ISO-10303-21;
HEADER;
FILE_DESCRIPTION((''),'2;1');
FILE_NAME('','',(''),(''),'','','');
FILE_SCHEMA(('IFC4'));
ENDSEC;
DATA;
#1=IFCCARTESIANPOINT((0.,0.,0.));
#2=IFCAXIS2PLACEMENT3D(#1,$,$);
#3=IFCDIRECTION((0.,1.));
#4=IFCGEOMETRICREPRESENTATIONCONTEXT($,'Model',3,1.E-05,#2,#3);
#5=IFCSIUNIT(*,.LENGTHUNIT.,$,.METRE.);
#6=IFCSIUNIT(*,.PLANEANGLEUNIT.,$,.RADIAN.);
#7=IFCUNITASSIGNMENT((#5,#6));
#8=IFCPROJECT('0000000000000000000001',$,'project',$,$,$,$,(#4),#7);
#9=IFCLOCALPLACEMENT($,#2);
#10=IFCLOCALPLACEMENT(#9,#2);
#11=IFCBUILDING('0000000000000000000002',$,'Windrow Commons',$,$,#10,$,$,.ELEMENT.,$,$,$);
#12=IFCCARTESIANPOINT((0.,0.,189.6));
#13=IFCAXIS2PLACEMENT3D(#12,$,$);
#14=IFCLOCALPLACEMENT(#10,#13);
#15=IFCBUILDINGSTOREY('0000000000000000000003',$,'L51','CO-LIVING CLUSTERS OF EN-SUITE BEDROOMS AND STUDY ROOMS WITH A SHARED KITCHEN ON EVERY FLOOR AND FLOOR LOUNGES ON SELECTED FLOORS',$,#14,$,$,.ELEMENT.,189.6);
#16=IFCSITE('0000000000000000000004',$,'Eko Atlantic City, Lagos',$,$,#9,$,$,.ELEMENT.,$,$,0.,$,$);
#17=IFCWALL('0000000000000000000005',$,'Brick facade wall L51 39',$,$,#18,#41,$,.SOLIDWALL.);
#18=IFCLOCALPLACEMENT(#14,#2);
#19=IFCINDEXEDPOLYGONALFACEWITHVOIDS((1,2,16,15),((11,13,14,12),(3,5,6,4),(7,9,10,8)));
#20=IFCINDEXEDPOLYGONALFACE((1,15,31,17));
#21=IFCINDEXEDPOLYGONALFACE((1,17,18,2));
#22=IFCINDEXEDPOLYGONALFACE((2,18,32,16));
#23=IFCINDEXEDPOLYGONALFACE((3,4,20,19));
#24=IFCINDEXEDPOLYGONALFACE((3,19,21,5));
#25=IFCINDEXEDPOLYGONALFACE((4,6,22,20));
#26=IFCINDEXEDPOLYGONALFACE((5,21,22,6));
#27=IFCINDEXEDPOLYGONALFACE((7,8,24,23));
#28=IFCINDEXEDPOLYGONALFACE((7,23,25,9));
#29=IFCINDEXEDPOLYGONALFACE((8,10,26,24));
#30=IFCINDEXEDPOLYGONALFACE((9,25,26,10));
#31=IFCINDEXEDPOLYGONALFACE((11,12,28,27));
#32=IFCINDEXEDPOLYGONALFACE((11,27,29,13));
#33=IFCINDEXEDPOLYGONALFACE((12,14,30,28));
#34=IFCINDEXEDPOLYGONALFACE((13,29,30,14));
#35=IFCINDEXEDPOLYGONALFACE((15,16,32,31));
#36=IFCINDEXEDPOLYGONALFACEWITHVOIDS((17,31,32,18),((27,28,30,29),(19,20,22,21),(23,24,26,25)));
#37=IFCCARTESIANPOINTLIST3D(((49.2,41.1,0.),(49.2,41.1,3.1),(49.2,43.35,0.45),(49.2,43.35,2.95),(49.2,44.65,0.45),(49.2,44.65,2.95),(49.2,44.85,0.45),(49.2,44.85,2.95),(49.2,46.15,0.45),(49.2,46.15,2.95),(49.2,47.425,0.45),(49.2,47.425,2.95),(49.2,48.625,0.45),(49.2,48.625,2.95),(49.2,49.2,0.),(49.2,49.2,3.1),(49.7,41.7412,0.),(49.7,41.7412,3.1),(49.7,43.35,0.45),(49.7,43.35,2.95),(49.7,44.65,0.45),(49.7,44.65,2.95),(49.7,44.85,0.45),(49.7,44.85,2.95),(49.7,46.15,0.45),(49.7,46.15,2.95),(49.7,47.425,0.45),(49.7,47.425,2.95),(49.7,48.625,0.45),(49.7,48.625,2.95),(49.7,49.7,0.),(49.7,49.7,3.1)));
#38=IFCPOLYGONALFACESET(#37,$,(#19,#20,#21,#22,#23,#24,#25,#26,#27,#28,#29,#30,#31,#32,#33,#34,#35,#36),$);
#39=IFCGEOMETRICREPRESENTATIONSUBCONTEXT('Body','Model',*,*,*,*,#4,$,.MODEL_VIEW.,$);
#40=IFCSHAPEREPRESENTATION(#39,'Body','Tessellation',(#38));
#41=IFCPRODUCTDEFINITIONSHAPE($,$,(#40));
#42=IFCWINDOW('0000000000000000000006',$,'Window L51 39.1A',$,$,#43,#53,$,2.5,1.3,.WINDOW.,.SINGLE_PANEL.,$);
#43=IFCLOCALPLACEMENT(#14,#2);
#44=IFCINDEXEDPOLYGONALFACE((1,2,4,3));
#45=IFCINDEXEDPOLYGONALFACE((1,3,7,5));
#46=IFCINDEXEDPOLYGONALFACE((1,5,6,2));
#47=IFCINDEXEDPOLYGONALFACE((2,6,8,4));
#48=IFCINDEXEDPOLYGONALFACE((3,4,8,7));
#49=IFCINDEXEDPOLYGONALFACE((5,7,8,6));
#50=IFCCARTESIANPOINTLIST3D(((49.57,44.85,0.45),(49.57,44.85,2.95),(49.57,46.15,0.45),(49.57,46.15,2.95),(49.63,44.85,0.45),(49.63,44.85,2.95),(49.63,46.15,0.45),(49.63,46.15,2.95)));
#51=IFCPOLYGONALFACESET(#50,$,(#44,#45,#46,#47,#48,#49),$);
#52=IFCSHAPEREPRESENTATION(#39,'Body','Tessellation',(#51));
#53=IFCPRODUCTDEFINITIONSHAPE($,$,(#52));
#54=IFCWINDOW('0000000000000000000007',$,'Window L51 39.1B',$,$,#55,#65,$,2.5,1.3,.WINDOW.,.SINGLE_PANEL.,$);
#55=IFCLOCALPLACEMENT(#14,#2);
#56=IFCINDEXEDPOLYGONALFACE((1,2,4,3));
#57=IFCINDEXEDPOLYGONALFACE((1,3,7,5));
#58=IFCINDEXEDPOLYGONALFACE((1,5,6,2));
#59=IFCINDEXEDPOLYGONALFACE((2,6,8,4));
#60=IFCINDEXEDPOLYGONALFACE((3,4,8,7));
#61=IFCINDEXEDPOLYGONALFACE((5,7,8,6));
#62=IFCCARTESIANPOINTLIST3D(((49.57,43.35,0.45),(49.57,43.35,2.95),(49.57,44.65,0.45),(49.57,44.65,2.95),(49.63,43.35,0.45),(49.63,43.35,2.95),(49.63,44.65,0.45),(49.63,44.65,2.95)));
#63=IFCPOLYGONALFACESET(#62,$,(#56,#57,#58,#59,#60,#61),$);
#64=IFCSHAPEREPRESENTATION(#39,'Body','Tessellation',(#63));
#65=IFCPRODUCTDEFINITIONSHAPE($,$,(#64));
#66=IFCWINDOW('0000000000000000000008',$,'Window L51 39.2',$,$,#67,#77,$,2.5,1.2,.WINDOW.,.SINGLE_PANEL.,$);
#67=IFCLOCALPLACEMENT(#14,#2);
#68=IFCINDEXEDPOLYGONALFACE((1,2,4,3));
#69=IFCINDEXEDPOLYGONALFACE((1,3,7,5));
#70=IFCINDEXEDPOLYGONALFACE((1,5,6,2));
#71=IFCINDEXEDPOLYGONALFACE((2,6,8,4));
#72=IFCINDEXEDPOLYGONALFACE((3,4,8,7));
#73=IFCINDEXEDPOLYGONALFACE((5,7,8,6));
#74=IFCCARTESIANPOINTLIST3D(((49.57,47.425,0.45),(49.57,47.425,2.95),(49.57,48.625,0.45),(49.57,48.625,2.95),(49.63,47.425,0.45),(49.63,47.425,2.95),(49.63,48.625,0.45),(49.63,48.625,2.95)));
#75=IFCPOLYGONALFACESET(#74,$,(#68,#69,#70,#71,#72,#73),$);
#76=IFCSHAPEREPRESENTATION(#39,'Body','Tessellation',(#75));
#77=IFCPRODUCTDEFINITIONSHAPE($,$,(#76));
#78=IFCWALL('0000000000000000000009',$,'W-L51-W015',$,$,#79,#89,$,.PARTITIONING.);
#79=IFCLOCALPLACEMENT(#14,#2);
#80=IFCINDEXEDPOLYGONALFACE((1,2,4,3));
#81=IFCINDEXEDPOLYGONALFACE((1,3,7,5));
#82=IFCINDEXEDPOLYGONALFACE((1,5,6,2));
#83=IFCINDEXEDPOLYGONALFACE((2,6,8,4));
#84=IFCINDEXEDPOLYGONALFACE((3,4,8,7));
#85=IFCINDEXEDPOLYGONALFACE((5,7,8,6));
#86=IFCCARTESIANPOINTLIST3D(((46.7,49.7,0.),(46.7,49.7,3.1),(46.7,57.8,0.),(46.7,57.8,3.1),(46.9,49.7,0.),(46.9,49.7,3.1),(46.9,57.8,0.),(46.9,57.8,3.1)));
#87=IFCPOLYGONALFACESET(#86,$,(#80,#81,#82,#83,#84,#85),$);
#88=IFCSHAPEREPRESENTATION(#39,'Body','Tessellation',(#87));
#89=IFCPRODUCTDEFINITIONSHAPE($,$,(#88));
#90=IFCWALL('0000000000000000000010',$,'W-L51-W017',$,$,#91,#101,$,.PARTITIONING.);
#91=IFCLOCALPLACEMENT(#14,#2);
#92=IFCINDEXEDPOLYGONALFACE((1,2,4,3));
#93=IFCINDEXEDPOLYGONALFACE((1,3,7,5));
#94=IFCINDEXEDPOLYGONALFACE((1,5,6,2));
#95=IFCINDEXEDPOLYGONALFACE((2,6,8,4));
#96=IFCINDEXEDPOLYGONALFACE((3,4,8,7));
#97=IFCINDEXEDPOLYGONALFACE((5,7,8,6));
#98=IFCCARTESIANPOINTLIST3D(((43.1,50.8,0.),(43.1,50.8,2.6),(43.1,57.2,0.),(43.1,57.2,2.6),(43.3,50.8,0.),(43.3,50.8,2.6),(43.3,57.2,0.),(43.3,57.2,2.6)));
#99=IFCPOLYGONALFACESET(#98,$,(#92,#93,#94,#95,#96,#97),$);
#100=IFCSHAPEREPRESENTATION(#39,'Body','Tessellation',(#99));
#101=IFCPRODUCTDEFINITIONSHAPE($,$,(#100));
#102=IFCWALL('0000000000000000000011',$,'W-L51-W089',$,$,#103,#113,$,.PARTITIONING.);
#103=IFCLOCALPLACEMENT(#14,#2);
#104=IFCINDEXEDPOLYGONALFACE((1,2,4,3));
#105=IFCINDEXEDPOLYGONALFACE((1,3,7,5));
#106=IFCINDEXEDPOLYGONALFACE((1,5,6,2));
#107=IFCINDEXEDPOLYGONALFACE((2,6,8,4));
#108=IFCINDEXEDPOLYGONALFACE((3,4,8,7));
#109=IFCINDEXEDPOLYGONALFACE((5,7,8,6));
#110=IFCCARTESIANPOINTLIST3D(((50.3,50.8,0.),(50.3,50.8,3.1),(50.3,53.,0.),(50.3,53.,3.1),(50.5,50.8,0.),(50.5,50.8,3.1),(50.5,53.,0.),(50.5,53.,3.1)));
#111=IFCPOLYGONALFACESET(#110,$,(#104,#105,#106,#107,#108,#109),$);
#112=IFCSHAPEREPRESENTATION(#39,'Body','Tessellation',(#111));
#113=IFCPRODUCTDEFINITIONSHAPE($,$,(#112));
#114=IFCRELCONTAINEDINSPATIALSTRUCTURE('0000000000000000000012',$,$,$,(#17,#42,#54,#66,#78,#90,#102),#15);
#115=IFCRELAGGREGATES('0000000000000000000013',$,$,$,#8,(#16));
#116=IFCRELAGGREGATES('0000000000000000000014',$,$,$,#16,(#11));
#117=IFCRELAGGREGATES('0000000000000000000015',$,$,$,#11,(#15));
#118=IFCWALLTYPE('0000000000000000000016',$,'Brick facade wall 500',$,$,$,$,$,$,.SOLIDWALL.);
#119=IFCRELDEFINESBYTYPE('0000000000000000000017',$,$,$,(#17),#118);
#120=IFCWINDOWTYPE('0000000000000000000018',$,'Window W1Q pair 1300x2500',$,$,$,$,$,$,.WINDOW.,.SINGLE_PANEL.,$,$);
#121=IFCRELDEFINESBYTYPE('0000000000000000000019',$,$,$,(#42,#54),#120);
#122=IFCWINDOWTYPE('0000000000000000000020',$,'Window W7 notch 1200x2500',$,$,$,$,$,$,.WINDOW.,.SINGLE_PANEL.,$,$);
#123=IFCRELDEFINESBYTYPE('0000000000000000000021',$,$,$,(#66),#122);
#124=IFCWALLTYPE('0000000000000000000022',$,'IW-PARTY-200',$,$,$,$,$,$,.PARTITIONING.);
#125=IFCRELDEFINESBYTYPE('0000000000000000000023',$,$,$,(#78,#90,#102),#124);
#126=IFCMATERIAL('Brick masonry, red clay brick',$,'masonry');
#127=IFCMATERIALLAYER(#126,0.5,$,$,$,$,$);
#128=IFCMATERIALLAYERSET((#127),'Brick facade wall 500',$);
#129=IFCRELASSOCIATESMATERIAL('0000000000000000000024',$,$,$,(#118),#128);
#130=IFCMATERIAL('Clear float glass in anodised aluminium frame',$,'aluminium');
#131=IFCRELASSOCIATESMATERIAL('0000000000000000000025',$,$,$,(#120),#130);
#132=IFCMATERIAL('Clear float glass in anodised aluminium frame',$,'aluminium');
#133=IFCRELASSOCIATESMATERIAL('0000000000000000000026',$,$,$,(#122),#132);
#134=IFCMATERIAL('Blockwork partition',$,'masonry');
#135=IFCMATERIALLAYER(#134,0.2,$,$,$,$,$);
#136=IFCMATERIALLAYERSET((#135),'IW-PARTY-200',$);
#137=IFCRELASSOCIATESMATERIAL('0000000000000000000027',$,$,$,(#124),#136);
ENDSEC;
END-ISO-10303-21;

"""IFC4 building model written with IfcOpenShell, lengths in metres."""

from ifc_helpers import new_model, si_unit, direction, frame, frame_2d, origin, place, context, subcontext, project, spatial, polyline, rectangle, outline, extrude, material, layer, layer_set, type_object, element, fill, save


model = new_model("IFC4")

# Units and contexts
model_context = context("Model", 3, precision=1e-05, world=origin(), true_north=direction((0.0, 1.0)))
body_context = subcontext(model_context, "Body", "Model", "MODEL_VIEW")
ifc_project = project(units=[si_unit("LENGTHUNIT", "METRE"), si_unit("PLANEANGLEUNIT", "RADIAN")], contexts=[model_context])

# Site, building, storey
site_placement = place(None, origin())
site = spatial("IfcSite", under=ifc_project, at=site_placement, Name="Eko Atlantic City, Lagos", CompositionType="ELEMENT", RefElevation=0.0)
building_placement = place(site_placement, origin())
building = spatial("IfcBuilding", under=site, at=building_placement, Name="Windrow Commons", CompositionType="ELEMENT")
storey_placement = place(building_placement, frame((0.0, 0.0, 189.6)))
storey = spatial("IfcBuildingStorey", under=building, at=storey_placement, Name="L51", Description="CO-LIVING CLUSTERS OF EN-SUITE BEDROOMS AND STUDY ROOMS WITH A SHARED KITCHEN ON EVERY FLOOR AND FLOOR LOUNGES ON SELECTED FLOORS", CompositionType="ELEMENT", Elevation=189.6)

# Wall, openings, windows
ifc_material_1 = material(Name="Brick masonry, red clay brick", Category="masonry")
ifc_layer_1 = layer(ifc_material_1, 0.5)
ifc_layer_set_1 = layer_set([ifc_layer_1], Name="Brick facade wall 500")
wall_type_1 = type_object("IfcWallType", Name="Brick facade wall 500", PredefinedType="SOLIDWALL", material=ifc_layer_set_1)
ifc_material_2 = material(Name="Clear float glass in anodised aluminium frame", Category="aluminium")
window_type_1 = type_object("IfcWindowType", Name="Window W1Q pair 1300x2500", PartitioningType="SINGLE_PANEL", PredefinedType="WINDOW", material=ifc_material_2)
ifc_material_3 = material(Name="Clear float glass in anodised aluminium frame", Category="aluminium")
window_type_2 = type_object("IfcWindowType", Name="Window W7 notch 1200x2500", PartitioningType="SINGLE_PANEL", PredefinedType="WINDOW", material=ifc_material_3)
wall_1_placement = place(storey_placement, frame((49.45, 49.45, 0.0), z_axis=(0.0, 0.0, 1.0), x_axis=(0.0, -1.0, 0.0)))
wall_1 = element("IfcWall", 1, at=wall_1_placement, inside=storey, type_object=wall_type_1, Name="Brick facade wall L51 39", PredefinedType="SOLIDWALL", context=body_context, shape_type="SweptSolid", body=[
    extrude(outline(polyline([(0.25, -0.25), (8.35, -0.25), (7.7088, 0.25), (-0.25, 0.25), (0.25, -0.25)])), origin(), (0.0, 0.0, 1.0), 3.1),
])
opening_1_placement = place(wall_1_placement, frame((3.3, 0.0, 0.45)))
opening_1 = element("IfcOpeningElement", 2, at=opening_1_placement, cuts=wall_1, PredefinedType="OPENING", context=body_context, shape_type="SweptSolid", body=[
    extrude(rectangle(XDim=1.3, YDim=2.5, at=frame_2d((0.65, 1.25))), frame((0.0, 0.26, 0.0), z_axis=(0.0, -1.0, 0.0), x_axis=(1.0, 0.0, 0.0)), (0.0, 0.0, 1.0), 0.52),
])
opening_2_placement = place(wall_1_placement, frame((4.8, 0.0, 0.45)))
opening_2 = element("IfcOpeningElement", 3, at=opening_2_placement, cuts=wall_1, PredefinedType="OPENING", context=body_context, shape_type="SweptSolid", body=[
    extrude(rectangle(XDim=1.3, YDim=2.5, at=frame_2d((0.65, 1.25))), frame((0.0, 0.26, 0.0), z_axis=(0.0, -1.0, 0.0), x_axis=(1.0, 0.0, 0.0)), (0.0, 0.0, 1.0), 0.52),
])
opening_3_placement = place(wall_1_placement, frame((0.825, 0.0, 0.45)))
opening_3 = element("IfcOpeningElement", 4, at=opening_3_placement, cuts=wall_1, PredefinedType="OPENING", context=body_context, shape_type="SweptSolid", body=[
    extrude(rectangle(XDim=1.2, YDim=2.5, at=frame_2d((0.6, 1.25))), frame((0.0, 0.26, 0.0), z_axis=(0.0, -1.0, 0.0), x_axis=(1.0, 0.0, 0.0)), (0.0, 0.0, 1.0), 0.52),
])
window_1_placement = place(opening_1_placement, origin())
window_1 = element("IfcWindow", 5, at=window_1_placement, inside=storey, type_object=window_type_1, Name="Window L51 39.1A", OverallHeight=2.5, OverallWidth=1.3, PartitioningType="SINGLE_PANEL", PredefinedType="WINDOW", context=body_context, shape_type="SweptSolid", body=[
    extrude(rectangle(XDim=1.3, YDim=2.5, at=frame_2d((0.65, 1.25))), frame((0.0, 0.18, 0.0), z_axis=(0.0, -1.0, 0.0), x_axis=(1.0, 0.0, 0.0)), (0.0, 0.0, 1.0), 0.06),
])
fill(opening_1, window_1)
window_2_placement = place(opening_2_placement, origin())
window_2 = element("IfcWindow", 6, at=window_2_placement, inside=storey, type_object=window_type_1, Name="Window L51 39.1B", OverallHeight=2.5, OverallWidth=1.3, PartitioningType="SINGLE_PANEL", PredefinedType="WINDOW", context=body_context, shape_type="SweptSolid", body=[
    extrude(rectangle(XDim=1.3, YDim=2.5, at=frame_2d((0.65, 1.25))), frame((0.0, 0.18, 0.0), z_axis=(0.0, -1.0, 0.0), x_axis=(1.0, 0.0, 0.0)), (0.0, 0.0, 1.0), 0.06),
])
fill(opening_2, window_2)
window_3_placement = place(opening_3_placement, origin())
window_3 = element("IfcWindow", 7, at=window_3_placement, inside=storey, type_object=window_type_2, Name="Window L51 39.2", OverallHeight=2.5, OverallWidth=1.2, PartitioningType="SINGLE_PANEL", PredefinedType="WINDOW", context=body_context, shape_type="SweptSolid", body=[
    extrude(rectangle(XDim=1.2, YDim=2.5, at=frame_2d((0.6, 1.25))), frame((0.0, 0.18, 0.0), z_axis=(0.0, -1.0, 0.0), x_axis=(1.0, 0.0, 0.0)), (0.0, 0.0, 1.0), 0.06),
])
fill(opening_3, window_3)

# Walls
ifc_material_4 = material(Name="Blockwork partition", Category="masonry")
ifc_layer_2 = layer(ifc_material_4, 0.2)
ifc_layer_set_2 = layer_set([ifc_layer_2], Name="IW-PARTY-200")
wall_type_2 = type_object("IfcWallType", Name="IW-PARTY-200", PredefinedType="PARTITIONING", material=ifc_layer_set_2)
wall_2_placement = place(storey_placement, frame((46.8, 49.7, 0.0), z_axis=(0.0, 0.0, 1.0), x_axis=(0.0, 1.0, 0.0)))
element("IfcWall", 8, at=wall_2_placement, inside=storey, type_object=wall_type_2, Name="W-L51-W015", PredefinedType="PARTITIONING", context=body_context, shape_type="SweptSolid", body=[
    extrude(rectangle(XDim=8.1, YDim=0.2, at=frame_2d((4.05, 0.0))), origin(), (0.0, 0.0, 1.0), 3.1),
])
wall_3_placement = place(storey_placement, frame((43.2, 50.8, 0.0), z_axis=(0.0, 0.0, 1.0), x_axis=(0.0, 1.0, 0.0)))
element("IfcWall", 9, at=wall_3_placement, inside=storey, type_object=wall_type_2, Name="W-L51-W017", PredefinedType="PARTITIONING", context=body_context, shape_type="SweptSolid", body=[
    extrude(rectangle(XDim=6.4, YDim=0.2, at=frame_2d((3.2, 0.0))), origin(), (0.0, 0.0, 1.0), 2.6),
])
wall_4_placement = place(storey_placement, frame((50.4, 50.8, 0.0), z_axis=(0.0, 0.0, 1.0), x_axis=(0.0, 1.0, 0.0)))
element("IfcWall", 10, at=wall_4_placement, inside=storey, type_object=wall_type_2, Name="W-L51-W089", PredefinedType="PARTITIONING", context=body_context, shape_type="SweptSolid", body=[
    extrude(rectangle(XDim=2.2, YDim=0.2, at=frame_2d((1.1, 0.0))), origin(), (0.0, 0.0, 1.0), 3.1),
])

save(model, "model.ifc")
